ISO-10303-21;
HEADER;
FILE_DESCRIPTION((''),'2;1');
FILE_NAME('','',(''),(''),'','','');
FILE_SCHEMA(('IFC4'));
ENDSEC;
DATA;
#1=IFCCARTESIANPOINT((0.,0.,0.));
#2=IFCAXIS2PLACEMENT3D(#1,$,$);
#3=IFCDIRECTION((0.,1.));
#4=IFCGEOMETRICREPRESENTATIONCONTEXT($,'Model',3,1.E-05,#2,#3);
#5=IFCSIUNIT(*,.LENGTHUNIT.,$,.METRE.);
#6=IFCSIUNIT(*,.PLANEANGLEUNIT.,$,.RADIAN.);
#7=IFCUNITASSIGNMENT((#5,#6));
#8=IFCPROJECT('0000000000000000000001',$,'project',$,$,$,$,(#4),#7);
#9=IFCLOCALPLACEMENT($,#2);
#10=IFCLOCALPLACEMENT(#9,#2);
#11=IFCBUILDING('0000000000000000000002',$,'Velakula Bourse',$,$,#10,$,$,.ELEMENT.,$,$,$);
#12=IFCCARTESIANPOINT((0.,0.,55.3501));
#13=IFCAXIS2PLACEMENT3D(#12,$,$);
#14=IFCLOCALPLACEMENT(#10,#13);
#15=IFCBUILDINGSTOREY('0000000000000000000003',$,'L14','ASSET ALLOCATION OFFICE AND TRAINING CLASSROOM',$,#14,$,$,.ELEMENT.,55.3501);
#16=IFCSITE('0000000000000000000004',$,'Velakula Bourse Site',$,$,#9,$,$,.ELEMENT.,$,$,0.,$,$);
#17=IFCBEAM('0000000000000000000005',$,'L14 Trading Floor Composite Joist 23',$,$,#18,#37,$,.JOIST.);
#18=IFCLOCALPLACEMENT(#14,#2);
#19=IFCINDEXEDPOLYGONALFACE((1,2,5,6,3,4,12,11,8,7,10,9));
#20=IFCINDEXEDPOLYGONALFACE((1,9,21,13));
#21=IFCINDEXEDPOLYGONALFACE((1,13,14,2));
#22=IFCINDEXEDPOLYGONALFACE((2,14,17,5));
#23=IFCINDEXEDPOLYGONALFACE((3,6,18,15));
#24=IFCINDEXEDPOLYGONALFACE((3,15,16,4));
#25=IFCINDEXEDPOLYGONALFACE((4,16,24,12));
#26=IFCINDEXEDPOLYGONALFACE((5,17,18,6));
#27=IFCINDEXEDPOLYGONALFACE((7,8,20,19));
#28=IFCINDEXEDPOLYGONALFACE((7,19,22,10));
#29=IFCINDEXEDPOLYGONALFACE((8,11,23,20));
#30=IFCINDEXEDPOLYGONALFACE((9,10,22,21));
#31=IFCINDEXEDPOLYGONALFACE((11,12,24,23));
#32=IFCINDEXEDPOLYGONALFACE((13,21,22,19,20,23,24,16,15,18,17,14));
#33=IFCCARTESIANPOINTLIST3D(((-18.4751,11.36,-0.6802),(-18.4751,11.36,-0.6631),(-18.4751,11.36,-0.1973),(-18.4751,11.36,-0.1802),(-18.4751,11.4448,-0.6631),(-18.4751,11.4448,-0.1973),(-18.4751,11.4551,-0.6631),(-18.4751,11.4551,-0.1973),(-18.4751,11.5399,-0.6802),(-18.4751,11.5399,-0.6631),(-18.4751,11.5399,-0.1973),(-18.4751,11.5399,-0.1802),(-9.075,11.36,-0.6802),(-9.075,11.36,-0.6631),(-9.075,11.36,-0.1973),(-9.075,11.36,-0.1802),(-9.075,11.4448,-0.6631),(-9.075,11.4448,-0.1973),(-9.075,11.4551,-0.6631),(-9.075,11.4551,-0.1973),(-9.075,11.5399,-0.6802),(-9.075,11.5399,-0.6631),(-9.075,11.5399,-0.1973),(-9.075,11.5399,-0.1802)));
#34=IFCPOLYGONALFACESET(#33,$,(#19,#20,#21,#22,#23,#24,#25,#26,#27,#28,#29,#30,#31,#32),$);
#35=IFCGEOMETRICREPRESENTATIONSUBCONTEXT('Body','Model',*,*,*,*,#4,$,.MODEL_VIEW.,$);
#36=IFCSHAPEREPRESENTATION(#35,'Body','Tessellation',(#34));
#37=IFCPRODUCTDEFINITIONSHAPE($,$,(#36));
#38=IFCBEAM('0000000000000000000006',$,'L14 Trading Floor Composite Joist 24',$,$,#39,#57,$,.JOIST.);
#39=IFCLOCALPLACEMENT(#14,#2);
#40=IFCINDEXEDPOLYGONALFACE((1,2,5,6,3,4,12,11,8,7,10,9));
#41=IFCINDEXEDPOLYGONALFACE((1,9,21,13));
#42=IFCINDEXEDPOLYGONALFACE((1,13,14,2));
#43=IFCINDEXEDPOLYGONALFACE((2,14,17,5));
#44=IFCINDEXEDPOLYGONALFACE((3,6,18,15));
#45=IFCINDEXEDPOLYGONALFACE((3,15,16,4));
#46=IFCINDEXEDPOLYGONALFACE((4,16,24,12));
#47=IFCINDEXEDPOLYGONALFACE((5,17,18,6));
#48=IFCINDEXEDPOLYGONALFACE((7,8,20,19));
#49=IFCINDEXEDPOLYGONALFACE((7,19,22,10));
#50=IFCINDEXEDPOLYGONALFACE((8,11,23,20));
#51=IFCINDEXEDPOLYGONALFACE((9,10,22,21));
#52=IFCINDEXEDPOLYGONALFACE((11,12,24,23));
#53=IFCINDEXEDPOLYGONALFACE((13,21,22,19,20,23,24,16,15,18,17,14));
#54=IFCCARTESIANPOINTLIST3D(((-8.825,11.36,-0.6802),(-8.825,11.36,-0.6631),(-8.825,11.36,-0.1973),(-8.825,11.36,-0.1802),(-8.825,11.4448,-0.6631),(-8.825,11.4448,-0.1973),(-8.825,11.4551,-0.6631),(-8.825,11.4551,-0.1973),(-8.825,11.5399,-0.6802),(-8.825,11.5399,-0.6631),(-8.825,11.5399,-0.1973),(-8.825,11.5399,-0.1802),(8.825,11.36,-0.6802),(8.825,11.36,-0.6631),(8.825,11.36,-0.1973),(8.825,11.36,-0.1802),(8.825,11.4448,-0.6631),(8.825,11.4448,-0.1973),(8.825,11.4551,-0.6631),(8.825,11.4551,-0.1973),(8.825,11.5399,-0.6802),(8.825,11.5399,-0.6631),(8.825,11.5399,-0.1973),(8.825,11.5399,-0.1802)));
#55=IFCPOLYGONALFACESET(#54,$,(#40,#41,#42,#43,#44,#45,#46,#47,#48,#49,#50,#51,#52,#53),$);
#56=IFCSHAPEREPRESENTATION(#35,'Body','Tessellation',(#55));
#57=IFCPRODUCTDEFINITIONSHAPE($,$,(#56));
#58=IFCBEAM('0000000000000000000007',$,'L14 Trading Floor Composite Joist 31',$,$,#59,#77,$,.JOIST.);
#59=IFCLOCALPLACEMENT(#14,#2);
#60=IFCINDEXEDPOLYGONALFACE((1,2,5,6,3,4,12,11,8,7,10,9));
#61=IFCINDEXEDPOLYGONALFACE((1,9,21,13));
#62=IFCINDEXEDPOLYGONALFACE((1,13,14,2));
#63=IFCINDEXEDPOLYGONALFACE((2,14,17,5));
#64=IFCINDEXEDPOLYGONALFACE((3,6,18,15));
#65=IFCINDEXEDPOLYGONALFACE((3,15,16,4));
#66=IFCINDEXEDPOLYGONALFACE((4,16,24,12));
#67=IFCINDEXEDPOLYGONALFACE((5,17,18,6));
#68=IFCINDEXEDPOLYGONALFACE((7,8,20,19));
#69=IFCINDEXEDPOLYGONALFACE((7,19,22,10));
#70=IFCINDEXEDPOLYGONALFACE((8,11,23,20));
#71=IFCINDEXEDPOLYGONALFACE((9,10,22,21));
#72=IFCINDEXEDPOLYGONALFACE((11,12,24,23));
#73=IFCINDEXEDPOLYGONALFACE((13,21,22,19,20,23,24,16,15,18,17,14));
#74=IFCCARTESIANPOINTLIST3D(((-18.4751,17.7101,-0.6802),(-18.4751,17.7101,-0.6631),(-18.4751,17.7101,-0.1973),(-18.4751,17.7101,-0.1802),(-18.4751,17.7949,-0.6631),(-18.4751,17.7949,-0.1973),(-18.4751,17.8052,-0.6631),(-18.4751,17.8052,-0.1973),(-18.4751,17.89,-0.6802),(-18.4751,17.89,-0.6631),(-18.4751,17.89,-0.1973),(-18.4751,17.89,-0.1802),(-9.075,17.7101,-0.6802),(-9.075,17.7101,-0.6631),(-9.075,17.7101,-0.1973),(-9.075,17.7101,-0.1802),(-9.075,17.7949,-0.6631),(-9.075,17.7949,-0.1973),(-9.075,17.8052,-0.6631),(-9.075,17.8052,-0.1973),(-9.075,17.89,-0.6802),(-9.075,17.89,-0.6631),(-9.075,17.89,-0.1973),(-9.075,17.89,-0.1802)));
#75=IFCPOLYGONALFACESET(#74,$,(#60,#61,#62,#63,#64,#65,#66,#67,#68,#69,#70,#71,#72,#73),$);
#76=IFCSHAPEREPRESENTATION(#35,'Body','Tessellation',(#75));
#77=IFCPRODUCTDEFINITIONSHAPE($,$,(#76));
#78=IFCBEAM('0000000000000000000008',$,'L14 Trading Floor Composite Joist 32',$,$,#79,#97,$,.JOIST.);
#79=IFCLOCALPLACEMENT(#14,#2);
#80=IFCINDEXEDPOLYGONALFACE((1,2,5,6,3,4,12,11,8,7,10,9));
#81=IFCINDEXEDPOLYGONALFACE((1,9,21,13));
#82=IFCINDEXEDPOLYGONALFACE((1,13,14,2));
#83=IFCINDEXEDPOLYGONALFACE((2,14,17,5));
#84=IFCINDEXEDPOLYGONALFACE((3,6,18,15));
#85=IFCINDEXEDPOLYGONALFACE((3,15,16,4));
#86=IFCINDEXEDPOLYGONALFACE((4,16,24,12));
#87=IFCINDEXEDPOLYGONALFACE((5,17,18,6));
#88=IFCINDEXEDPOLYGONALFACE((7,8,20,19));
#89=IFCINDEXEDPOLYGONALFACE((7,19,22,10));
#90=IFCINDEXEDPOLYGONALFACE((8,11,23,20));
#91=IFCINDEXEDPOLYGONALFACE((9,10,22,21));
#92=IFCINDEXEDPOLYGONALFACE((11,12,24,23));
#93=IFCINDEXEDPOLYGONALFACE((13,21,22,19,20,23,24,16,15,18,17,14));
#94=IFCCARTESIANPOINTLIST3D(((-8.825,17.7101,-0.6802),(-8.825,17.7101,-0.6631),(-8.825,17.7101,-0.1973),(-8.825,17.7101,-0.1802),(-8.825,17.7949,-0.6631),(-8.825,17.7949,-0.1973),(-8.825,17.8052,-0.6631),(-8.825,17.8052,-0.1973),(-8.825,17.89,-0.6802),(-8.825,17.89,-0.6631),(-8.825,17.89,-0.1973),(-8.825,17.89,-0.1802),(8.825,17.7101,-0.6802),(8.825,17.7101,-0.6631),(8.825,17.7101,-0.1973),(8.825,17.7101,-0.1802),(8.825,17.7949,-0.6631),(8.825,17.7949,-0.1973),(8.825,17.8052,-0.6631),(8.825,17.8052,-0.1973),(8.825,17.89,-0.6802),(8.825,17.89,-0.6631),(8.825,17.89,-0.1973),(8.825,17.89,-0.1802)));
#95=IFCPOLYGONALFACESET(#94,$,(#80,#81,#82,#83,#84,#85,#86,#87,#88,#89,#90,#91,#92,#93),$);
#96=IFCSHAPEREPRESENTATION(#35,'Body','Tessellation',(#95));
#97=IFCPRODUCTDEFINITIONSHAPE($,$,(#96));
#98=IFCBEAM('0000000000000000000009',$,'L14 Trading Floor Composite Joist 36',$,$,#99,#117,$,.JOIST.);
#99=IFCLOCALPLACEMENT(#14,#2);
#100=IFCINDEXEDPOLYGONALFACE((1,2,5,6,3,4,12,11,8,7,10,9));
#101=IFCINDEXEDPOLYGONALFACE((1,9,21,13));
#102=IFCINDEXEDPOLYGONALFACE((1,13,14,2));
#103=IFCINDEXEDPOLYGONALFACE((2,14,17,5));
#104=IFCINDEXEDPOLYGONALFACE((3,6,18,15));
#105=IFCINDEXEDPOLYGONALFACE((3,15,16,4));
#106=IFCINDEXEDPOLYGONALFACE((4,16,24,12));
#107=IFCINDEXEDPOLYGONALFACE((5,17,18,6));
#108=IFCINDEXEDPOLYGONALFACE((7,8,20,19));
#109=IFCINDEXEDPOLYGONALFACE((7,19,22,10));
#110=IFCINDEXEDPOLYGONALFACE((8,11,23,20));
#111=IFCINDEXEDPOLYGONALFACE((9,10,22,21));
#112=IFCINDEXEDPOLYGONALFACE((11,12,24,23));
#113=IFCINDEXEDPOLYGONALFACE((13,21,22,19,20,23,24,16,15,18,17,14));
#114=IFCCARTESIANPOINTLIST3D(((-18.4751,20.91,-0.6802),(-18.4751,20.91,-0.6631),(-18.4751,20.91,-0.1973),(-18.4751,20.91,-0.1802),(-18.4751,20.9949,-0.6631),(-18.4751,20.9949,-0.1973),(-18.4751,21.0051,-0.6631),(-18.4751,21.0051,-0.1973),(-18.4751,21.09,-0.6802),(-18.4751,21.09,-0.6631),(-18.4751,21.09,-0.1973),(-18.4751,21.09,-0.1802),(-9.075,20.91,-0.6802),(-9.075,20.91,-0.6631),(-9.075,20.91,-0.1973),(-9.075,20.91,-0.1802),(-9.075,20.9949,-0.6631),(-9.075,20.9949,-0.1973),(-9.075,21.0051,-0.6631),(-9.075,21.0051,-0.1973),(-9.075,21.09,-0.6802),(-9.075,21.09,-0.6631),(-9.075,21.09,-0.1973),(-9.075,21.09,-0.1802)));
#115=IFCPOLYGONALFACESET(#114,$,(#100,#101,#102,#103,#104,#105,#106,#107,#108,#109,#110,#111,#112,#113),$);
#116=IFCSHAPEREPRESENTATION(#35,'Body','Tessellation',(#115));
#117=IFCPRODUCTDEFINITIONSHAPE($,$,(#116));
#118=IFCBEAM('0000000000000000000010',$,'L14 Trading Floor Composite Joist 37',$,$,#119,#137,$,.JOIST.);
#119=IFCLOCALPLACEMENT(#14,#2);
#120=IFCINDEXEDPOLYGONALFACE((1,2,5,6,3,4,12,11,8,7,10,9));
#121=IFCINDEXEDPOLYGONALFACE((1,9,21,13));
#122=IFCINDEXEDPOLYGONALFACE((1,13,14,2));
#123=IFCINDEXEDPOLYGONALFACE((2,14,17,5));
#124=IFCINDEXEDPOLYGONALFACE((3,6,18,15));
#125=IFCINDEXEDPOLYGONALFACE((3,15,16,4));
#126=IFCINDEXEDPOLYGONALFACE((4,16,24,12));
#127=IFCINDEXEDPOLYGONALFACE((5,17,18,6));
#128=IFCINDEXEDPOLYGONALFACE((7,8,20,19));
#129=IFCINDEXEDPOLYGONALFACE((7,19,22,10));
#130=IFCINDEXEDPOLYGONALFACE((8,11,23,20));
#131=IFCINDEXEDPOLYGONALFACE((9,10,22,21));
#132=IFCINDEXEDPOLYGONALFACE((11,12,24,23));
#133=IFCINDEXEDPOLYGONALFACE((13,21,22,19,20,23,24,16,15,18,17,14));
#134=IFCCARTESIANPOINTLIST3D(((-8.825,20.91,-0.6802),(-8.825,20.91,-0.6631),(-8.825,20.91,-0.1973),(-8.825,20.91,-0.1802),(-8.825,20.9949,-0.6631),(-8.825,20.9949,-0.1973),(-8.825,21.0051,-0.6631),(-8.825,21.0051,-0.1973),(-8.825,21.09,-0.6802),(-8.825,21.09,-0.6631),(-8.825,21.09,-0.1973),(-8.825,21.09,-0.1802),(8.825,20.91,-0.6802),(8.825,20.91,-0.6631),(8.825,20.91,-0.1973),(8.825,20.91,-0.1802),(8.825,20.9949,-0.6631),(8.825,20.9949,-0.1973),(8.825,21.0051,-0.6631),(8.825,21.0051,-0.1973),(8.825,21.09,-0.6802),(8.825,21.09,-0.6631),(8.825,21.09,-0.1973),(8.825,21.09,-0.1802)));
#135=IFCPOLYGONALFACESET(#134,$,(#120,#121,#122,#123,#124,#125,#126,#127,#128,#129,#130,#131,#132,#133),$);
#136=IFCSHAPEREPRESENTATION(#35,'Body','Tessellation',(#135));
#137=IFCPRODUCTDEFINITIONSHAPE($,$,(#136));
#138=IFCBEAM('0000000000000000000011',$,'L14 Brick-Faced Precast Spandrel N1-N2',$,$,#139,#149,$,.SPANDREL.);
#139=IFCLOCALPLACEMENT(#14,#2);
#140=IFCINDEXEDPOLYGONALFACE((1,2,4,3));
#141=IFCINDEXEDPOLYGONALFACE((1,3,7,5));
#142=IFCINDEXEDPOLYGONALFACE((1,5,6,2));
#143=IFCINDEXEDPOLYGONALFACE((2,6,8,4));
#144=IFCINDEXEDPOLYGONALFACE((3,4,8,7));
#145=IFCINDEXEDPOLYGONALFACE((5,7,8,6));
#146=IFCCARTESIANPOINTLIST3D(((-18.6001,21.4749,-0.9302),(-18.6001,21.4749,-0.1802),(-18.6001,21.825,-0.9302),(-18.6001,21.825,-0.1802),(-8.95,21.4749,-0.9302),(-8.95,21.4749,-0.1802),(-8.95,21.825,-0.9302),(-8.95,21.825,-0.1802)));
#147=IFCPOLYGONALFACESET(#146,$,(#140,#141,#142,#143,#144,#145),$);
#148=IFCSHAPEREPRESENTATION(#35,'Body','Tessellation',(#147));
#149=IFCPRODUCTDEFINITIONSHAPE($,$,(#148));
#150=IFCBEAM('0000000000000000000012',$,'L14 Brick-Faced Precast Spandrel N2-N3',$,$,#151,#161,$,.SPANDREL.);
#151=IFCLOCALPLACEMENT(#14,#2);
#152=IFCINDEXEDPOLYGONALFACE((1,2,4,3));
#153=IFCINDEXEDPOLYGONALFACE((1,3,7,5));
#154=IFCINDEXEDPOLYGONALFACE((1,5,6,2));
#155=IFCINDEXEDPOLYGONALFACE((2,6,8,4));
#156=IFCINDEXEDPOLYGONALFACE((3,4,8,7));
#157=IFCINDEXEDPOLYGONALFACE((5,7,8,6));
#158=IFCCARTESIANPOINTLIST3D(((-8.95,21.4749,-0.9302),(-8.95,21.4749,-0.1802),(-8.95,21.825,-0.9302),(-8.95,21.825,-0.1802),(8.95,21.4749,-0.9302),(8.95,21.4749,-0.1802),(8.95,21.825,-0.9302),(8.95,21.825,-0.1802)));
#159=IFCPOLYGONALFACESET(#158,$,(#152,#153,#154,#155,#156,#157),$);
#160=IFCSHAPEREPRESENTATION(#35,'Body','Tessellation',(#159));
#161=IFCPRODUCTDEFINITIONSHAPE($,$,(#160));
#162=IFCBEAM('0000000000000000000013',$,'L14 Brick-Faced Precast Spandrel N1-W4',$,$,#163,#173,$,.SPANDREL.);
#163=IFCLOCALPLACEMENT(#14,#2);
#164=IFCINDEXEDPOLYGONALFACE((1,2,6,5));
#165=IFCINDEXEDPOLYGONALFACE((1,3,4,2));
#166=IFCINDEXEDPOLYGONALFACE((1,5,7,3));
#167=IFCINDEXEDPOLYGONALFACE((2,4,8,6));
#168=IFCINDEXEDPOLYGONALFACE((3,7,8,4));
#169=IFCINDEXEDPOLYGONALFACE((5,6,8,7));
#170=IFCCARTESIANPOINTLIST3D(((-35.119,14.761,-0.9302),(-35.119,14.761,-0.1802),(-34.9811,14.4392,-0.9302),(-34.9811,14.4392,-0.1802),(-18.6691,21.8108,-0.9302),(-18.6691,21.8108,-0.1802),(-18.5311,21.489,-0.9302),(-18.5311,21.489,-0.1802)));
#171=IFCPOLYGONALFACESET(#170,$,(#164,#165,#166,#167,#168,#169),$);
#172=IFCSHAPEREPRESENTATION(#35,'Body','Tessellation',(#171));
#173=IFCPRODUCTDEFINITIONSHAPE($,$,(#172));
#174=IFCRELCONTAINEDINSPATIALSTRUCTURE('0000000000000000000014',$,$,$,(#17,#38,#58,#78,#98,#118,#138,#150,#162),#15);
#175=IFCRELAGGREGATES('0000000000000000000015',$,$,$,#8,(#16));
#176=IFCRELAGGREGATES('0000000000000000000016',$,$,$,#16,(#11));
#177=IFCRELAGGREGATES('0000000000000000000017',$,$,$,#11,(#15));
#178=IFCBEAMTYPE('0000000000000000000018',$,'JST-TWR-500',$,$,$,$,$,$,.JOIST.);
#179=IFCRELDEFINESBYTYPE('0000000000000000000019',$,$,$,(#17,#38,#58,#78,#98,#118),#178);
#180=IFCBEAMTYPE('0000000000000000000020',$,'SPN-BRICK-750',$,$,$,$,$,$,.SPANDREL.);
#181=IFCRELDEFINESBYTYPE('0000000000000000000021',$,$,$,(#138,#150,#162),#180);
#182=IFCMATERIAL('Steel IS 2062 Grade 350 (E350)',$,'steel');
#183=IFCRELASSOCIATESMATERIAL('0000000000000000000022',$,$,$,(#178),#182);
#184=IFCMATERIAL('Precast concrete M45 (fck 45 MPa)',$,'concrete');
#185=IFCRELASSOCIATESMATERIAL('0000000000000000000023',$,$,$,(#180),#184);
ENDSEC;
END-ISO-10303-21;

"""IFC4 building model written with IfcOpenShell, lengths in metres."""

from ifc_helpers import new_model, si_unit, direction, frame, origin, origin_2d, place, context, subcontext, project, spatial, rectangle, i_section, extrude, material, material_profile, profile_set, type_object, element, save


model = new_model("IFC4")

# Units and contexts
model_context = context("Model", 3, precision=1e-05, world=origin(), true_north=direction((0.0, 1.0)))
body_context = subcontext(model_context, "Body", "Model", "MODEL_VIEW")
ifc_project = project(units=[si_unit("LENGTHUNIT", "METRE"), si_unit("PLANEANGLEUNIT", "RADIAN")], contexts=[model_context])

# Site, building, storey
site_placement = place(None, origin())
site = spatial("IfcSite", under=ifc_project, at=site_placement, Name="Velakula Bourse Site", CompositionType="ELEMENT", RefElevation=0.0)
building_placement = place(site_placement, origin())
building = spatial("IfcBuilding", under=site, at=building_placement, Name="Velakula Bourse", CompositionType="ELEMENT")
storey_placement = place(building_placement, frame((0.0, 0.0, 55.3501)))
storey = spatial("IfcBuildingStorey", under=building, at=storey_placement, Name="L14", Description="ASSET ALLOCATION OFFICE AND TRAINING CLASSROOM", CompositionType="ELEMENT", Elevation=55.3501)

# Shared definitions
ifc_material_1 = material(Name="Precast concrete M45 (fck 45 MPa)", Category="concrete")

# Beams
ifc_material_2 = material(Name="Steel IS 2062 Grade 350 (E350)", Category="steel")
ifc_material_profile_1 = material_profile(ifc_material_2, i_section(OverallWidth=0.1799, OverallDepth=0.5, WebThickness=0.0103, FlangeThickness=0.0171, at=origin_2d()), Name="Steel IS 2062 Grade 350 (E350)")
ifc_profile_set_1 = profile_set([ifc_material_profile_1], Name="Steel IS 2062 Grade 350 (E350)")
beam_type_1 = type_object("IfcBeamType", Name="JST-TWR-500", PredefinedType="JOIST", material=ifc_profile_set_1)
beam_1_placement = place(storey_placement, frame((-18.4751, 11.45, -0.4302), z_axis=(1.0, 0.0, 0.0), x_axis=(0.0, 1.0, 0.0)))
element("IfcBeam", 1, at=beam_1_placement, inside=storey, type_object=beam_type_1, Name="L14 Trading Floor Composite Joist 23", PredefinedType="JOIST", context=body_context, shape_type="SweptSolid", body=[
    extrude(i_section(OverallWidth=0.1799, OverallDepth=0.5, WebThickness=0.0103, FlangeThickness=0.0171, at=origin_2d()), origin(), (0.0, 0.0, 1.0), 9.4001),
])
beam_2_placement = place(storey_placement, frame((-8.825, 11.45, -0.4302), z_axis=(1.0, 0.0, 0.0), x_axis=(0.0, 1.0, 0.0)))
element("IfcBeam", 2, at=beam_2_placement, inside=storey, type_object=beam_type_1, Name="L14 Trading Floor Composite Joist 24", PredefinedType="JOIST", context=body_context, shape_type="SweptSolid", body=[
    extrude(i_section(OverallWidth=0.1799, OverallDepth=0.5, WebThickness=0.0103, FlangeThickness=0.0171, at=origin_2d()), origin(), (0.0, 0.0, 1.0), 17.6499),
])
beam_3_placement = place(storey_placement, frame((-18.4751, 17.8, -0.4302), z_axis=(1.0, 0.0, 0.0), x_axis=(0.0, 1.0, 0.0)))
element("IfcBeam", 3, at=beam_3_placement, inside=storey, type_object=beam_type_1, Name="L14 Trading Floor Composite Joist 31", PredefinedType="JOIST", context=body_context, shape_type="SweptSolid", body=[
    extrude(i_section(OverallWidth=0.1799, OverallDepth=0.5, WebThickness=0.0103, FlangeThickness=0.0171, at=origin_2d()), origin(), (0.0, 0.0, 1.0), 9.4001),
])
beam_4_placement = place(storey_placement, frame((-8.825, 17.8, -0.4302), z_axis=(1.0, 0.0, 0.0), x_axis=(0.0, 1.0, 0.0)))
element("IfcBeam", 4, at=beam_4_placement, inside=storey, type_object=beam_type_1, Name="L14 Trading Floor Composite Joist 32", PredefinedType="JOIST", context=body_context, shape_type="SweptSolid", body=[
    extrude(i_section(OverallWidth=0.1799, OverallDepth=0.5, WebThickness=0.0103, FlangeThickness=0.0171, at=origin_2d()), origin(), (0.0, 0.0, 1.0), 17.6499),
])
beam_5_placement = place(storey_placement, frame((-18.4751, 21.0, -0.4302), z_axis=(1.0, 0.0, 0.0), x_axis=(0.0, 1.0, 0.0)))
element("IfcBeam", 5, at=beam_5_placement, inside=storey, type_object=beam_type_1, Name="L14 Trading Floor Composite Joist 36", PredefinedType="JOIST", context=body_context, shape_type="SweptSolid", body=[
    extrude(i_section(OverallWidth=0.1799, OverallDepth=0.5, WebThickness=0.0103, FlangeThickness=0.0171, at=origin_2d()), origin(), (0.0, 0.0, 1.0), 9.4001),
])
beam_6_placement = place(storey_placement, frame((-8.825, 21.0, -0.4302), z_axis=(1.0, 0.0, 0.0), x_axis=(0.0, 1.0, 0.0)))
element("IfcBeam", 6, at=beam_6_placement, inside=storey, type_object=beam_type_1, Name="L14 Trading Floor Composite Joist 37", PredefinedType="JOIST", context=body_context, shape_type="SweptSolid", body=[
    extrude(i_section(OverallWidth=0.1799, OverallDepth=0.5, WebThickness=0.0103, FlangeThickness=0.0171, at=origin_2d()), origin(), (0.0, 0.0, 1.0), 17.6499),
])
ifc_material_profile_2 = material_profile(ifc_material_1, rectangle(XDim=0.3501, YDim=0.75, at=origin_2d()), Name="Precast concrete M45 (fck 45 MPa)")
ifc_profile_set_2 = profile_set([ifc_material_profile_2], Name="Precast concrete M45 (fck 45 MPa)")
beam_type_2 = type_object("IfcBeamType", Name="SPN-BRICK-750", PredefinedType="SPANDREL", material=ifc_profile_set_2)
beam_7_placement = place(storey_placement, frame((-18.6001, 21.6499, -0.5552), z_axis=(1.0, 0.0, 0.0), x_axis=(0.0, 1.0, 0.0)))
element("IfcBeam", 7, at=beam_7_placement, inside=storey, type_object=beam_type_2, Name="L14 Brick-Faced Precast Spandrel N1-N2", PredefinedType="SPANDREL", context=body_context, shape_type="SweptSolid", body=[
    extrude(rectangle(XDim=0.3501, YDim=0.75, at=origin_2d()), origin(), (0.0, 0.0, 1.0), 9.6501),
])
beam_8_placement = place(storey_placement, frame((-8.95, 21.6499, -0.5552), z_axis=(1.0, 0.0, 0.0), x_axis=(0.0, 1.0, 0.0)))
element("IfcBeam", 8, at=beam_8_placement, inside=storey, type_object=beam_type_2, Name="L14 Brick-Faced Precast Spandrel N2-N3", PredefinedType="SPANDREL", context=body_context, shape_type="SweptSolid", body=[
    extrude(rectangle(XDim=0.3501, YDim=0.75, at=origin_2d()), origin(), (0.0, 0.0, 1.0), 17.8999),
])
beam_9_placement = place(storey_placement, frame((-18.6001, 21.6499, -0.5552), z_axis=(-0.919149, -0.393911, 0.0), x_axis=(0.393911, -0.919149, 0.0)))
element("IfcBeam", 9, at=beam_9_placement, inside=storey, type_object=beam_type_2, Name="L14 Brick-Faced Precast Spandrel N1-W4", PredefinedType="SPANDREL", context=body_context, shape_type="SweptSolid", body=[
    extrude(rectangle(XDim=0.3501, YDim=0.75, at=origin_2d()), origin(), (0.0, 0.0, 1.0), 17.897),
])

save(model, "model.ifc")
